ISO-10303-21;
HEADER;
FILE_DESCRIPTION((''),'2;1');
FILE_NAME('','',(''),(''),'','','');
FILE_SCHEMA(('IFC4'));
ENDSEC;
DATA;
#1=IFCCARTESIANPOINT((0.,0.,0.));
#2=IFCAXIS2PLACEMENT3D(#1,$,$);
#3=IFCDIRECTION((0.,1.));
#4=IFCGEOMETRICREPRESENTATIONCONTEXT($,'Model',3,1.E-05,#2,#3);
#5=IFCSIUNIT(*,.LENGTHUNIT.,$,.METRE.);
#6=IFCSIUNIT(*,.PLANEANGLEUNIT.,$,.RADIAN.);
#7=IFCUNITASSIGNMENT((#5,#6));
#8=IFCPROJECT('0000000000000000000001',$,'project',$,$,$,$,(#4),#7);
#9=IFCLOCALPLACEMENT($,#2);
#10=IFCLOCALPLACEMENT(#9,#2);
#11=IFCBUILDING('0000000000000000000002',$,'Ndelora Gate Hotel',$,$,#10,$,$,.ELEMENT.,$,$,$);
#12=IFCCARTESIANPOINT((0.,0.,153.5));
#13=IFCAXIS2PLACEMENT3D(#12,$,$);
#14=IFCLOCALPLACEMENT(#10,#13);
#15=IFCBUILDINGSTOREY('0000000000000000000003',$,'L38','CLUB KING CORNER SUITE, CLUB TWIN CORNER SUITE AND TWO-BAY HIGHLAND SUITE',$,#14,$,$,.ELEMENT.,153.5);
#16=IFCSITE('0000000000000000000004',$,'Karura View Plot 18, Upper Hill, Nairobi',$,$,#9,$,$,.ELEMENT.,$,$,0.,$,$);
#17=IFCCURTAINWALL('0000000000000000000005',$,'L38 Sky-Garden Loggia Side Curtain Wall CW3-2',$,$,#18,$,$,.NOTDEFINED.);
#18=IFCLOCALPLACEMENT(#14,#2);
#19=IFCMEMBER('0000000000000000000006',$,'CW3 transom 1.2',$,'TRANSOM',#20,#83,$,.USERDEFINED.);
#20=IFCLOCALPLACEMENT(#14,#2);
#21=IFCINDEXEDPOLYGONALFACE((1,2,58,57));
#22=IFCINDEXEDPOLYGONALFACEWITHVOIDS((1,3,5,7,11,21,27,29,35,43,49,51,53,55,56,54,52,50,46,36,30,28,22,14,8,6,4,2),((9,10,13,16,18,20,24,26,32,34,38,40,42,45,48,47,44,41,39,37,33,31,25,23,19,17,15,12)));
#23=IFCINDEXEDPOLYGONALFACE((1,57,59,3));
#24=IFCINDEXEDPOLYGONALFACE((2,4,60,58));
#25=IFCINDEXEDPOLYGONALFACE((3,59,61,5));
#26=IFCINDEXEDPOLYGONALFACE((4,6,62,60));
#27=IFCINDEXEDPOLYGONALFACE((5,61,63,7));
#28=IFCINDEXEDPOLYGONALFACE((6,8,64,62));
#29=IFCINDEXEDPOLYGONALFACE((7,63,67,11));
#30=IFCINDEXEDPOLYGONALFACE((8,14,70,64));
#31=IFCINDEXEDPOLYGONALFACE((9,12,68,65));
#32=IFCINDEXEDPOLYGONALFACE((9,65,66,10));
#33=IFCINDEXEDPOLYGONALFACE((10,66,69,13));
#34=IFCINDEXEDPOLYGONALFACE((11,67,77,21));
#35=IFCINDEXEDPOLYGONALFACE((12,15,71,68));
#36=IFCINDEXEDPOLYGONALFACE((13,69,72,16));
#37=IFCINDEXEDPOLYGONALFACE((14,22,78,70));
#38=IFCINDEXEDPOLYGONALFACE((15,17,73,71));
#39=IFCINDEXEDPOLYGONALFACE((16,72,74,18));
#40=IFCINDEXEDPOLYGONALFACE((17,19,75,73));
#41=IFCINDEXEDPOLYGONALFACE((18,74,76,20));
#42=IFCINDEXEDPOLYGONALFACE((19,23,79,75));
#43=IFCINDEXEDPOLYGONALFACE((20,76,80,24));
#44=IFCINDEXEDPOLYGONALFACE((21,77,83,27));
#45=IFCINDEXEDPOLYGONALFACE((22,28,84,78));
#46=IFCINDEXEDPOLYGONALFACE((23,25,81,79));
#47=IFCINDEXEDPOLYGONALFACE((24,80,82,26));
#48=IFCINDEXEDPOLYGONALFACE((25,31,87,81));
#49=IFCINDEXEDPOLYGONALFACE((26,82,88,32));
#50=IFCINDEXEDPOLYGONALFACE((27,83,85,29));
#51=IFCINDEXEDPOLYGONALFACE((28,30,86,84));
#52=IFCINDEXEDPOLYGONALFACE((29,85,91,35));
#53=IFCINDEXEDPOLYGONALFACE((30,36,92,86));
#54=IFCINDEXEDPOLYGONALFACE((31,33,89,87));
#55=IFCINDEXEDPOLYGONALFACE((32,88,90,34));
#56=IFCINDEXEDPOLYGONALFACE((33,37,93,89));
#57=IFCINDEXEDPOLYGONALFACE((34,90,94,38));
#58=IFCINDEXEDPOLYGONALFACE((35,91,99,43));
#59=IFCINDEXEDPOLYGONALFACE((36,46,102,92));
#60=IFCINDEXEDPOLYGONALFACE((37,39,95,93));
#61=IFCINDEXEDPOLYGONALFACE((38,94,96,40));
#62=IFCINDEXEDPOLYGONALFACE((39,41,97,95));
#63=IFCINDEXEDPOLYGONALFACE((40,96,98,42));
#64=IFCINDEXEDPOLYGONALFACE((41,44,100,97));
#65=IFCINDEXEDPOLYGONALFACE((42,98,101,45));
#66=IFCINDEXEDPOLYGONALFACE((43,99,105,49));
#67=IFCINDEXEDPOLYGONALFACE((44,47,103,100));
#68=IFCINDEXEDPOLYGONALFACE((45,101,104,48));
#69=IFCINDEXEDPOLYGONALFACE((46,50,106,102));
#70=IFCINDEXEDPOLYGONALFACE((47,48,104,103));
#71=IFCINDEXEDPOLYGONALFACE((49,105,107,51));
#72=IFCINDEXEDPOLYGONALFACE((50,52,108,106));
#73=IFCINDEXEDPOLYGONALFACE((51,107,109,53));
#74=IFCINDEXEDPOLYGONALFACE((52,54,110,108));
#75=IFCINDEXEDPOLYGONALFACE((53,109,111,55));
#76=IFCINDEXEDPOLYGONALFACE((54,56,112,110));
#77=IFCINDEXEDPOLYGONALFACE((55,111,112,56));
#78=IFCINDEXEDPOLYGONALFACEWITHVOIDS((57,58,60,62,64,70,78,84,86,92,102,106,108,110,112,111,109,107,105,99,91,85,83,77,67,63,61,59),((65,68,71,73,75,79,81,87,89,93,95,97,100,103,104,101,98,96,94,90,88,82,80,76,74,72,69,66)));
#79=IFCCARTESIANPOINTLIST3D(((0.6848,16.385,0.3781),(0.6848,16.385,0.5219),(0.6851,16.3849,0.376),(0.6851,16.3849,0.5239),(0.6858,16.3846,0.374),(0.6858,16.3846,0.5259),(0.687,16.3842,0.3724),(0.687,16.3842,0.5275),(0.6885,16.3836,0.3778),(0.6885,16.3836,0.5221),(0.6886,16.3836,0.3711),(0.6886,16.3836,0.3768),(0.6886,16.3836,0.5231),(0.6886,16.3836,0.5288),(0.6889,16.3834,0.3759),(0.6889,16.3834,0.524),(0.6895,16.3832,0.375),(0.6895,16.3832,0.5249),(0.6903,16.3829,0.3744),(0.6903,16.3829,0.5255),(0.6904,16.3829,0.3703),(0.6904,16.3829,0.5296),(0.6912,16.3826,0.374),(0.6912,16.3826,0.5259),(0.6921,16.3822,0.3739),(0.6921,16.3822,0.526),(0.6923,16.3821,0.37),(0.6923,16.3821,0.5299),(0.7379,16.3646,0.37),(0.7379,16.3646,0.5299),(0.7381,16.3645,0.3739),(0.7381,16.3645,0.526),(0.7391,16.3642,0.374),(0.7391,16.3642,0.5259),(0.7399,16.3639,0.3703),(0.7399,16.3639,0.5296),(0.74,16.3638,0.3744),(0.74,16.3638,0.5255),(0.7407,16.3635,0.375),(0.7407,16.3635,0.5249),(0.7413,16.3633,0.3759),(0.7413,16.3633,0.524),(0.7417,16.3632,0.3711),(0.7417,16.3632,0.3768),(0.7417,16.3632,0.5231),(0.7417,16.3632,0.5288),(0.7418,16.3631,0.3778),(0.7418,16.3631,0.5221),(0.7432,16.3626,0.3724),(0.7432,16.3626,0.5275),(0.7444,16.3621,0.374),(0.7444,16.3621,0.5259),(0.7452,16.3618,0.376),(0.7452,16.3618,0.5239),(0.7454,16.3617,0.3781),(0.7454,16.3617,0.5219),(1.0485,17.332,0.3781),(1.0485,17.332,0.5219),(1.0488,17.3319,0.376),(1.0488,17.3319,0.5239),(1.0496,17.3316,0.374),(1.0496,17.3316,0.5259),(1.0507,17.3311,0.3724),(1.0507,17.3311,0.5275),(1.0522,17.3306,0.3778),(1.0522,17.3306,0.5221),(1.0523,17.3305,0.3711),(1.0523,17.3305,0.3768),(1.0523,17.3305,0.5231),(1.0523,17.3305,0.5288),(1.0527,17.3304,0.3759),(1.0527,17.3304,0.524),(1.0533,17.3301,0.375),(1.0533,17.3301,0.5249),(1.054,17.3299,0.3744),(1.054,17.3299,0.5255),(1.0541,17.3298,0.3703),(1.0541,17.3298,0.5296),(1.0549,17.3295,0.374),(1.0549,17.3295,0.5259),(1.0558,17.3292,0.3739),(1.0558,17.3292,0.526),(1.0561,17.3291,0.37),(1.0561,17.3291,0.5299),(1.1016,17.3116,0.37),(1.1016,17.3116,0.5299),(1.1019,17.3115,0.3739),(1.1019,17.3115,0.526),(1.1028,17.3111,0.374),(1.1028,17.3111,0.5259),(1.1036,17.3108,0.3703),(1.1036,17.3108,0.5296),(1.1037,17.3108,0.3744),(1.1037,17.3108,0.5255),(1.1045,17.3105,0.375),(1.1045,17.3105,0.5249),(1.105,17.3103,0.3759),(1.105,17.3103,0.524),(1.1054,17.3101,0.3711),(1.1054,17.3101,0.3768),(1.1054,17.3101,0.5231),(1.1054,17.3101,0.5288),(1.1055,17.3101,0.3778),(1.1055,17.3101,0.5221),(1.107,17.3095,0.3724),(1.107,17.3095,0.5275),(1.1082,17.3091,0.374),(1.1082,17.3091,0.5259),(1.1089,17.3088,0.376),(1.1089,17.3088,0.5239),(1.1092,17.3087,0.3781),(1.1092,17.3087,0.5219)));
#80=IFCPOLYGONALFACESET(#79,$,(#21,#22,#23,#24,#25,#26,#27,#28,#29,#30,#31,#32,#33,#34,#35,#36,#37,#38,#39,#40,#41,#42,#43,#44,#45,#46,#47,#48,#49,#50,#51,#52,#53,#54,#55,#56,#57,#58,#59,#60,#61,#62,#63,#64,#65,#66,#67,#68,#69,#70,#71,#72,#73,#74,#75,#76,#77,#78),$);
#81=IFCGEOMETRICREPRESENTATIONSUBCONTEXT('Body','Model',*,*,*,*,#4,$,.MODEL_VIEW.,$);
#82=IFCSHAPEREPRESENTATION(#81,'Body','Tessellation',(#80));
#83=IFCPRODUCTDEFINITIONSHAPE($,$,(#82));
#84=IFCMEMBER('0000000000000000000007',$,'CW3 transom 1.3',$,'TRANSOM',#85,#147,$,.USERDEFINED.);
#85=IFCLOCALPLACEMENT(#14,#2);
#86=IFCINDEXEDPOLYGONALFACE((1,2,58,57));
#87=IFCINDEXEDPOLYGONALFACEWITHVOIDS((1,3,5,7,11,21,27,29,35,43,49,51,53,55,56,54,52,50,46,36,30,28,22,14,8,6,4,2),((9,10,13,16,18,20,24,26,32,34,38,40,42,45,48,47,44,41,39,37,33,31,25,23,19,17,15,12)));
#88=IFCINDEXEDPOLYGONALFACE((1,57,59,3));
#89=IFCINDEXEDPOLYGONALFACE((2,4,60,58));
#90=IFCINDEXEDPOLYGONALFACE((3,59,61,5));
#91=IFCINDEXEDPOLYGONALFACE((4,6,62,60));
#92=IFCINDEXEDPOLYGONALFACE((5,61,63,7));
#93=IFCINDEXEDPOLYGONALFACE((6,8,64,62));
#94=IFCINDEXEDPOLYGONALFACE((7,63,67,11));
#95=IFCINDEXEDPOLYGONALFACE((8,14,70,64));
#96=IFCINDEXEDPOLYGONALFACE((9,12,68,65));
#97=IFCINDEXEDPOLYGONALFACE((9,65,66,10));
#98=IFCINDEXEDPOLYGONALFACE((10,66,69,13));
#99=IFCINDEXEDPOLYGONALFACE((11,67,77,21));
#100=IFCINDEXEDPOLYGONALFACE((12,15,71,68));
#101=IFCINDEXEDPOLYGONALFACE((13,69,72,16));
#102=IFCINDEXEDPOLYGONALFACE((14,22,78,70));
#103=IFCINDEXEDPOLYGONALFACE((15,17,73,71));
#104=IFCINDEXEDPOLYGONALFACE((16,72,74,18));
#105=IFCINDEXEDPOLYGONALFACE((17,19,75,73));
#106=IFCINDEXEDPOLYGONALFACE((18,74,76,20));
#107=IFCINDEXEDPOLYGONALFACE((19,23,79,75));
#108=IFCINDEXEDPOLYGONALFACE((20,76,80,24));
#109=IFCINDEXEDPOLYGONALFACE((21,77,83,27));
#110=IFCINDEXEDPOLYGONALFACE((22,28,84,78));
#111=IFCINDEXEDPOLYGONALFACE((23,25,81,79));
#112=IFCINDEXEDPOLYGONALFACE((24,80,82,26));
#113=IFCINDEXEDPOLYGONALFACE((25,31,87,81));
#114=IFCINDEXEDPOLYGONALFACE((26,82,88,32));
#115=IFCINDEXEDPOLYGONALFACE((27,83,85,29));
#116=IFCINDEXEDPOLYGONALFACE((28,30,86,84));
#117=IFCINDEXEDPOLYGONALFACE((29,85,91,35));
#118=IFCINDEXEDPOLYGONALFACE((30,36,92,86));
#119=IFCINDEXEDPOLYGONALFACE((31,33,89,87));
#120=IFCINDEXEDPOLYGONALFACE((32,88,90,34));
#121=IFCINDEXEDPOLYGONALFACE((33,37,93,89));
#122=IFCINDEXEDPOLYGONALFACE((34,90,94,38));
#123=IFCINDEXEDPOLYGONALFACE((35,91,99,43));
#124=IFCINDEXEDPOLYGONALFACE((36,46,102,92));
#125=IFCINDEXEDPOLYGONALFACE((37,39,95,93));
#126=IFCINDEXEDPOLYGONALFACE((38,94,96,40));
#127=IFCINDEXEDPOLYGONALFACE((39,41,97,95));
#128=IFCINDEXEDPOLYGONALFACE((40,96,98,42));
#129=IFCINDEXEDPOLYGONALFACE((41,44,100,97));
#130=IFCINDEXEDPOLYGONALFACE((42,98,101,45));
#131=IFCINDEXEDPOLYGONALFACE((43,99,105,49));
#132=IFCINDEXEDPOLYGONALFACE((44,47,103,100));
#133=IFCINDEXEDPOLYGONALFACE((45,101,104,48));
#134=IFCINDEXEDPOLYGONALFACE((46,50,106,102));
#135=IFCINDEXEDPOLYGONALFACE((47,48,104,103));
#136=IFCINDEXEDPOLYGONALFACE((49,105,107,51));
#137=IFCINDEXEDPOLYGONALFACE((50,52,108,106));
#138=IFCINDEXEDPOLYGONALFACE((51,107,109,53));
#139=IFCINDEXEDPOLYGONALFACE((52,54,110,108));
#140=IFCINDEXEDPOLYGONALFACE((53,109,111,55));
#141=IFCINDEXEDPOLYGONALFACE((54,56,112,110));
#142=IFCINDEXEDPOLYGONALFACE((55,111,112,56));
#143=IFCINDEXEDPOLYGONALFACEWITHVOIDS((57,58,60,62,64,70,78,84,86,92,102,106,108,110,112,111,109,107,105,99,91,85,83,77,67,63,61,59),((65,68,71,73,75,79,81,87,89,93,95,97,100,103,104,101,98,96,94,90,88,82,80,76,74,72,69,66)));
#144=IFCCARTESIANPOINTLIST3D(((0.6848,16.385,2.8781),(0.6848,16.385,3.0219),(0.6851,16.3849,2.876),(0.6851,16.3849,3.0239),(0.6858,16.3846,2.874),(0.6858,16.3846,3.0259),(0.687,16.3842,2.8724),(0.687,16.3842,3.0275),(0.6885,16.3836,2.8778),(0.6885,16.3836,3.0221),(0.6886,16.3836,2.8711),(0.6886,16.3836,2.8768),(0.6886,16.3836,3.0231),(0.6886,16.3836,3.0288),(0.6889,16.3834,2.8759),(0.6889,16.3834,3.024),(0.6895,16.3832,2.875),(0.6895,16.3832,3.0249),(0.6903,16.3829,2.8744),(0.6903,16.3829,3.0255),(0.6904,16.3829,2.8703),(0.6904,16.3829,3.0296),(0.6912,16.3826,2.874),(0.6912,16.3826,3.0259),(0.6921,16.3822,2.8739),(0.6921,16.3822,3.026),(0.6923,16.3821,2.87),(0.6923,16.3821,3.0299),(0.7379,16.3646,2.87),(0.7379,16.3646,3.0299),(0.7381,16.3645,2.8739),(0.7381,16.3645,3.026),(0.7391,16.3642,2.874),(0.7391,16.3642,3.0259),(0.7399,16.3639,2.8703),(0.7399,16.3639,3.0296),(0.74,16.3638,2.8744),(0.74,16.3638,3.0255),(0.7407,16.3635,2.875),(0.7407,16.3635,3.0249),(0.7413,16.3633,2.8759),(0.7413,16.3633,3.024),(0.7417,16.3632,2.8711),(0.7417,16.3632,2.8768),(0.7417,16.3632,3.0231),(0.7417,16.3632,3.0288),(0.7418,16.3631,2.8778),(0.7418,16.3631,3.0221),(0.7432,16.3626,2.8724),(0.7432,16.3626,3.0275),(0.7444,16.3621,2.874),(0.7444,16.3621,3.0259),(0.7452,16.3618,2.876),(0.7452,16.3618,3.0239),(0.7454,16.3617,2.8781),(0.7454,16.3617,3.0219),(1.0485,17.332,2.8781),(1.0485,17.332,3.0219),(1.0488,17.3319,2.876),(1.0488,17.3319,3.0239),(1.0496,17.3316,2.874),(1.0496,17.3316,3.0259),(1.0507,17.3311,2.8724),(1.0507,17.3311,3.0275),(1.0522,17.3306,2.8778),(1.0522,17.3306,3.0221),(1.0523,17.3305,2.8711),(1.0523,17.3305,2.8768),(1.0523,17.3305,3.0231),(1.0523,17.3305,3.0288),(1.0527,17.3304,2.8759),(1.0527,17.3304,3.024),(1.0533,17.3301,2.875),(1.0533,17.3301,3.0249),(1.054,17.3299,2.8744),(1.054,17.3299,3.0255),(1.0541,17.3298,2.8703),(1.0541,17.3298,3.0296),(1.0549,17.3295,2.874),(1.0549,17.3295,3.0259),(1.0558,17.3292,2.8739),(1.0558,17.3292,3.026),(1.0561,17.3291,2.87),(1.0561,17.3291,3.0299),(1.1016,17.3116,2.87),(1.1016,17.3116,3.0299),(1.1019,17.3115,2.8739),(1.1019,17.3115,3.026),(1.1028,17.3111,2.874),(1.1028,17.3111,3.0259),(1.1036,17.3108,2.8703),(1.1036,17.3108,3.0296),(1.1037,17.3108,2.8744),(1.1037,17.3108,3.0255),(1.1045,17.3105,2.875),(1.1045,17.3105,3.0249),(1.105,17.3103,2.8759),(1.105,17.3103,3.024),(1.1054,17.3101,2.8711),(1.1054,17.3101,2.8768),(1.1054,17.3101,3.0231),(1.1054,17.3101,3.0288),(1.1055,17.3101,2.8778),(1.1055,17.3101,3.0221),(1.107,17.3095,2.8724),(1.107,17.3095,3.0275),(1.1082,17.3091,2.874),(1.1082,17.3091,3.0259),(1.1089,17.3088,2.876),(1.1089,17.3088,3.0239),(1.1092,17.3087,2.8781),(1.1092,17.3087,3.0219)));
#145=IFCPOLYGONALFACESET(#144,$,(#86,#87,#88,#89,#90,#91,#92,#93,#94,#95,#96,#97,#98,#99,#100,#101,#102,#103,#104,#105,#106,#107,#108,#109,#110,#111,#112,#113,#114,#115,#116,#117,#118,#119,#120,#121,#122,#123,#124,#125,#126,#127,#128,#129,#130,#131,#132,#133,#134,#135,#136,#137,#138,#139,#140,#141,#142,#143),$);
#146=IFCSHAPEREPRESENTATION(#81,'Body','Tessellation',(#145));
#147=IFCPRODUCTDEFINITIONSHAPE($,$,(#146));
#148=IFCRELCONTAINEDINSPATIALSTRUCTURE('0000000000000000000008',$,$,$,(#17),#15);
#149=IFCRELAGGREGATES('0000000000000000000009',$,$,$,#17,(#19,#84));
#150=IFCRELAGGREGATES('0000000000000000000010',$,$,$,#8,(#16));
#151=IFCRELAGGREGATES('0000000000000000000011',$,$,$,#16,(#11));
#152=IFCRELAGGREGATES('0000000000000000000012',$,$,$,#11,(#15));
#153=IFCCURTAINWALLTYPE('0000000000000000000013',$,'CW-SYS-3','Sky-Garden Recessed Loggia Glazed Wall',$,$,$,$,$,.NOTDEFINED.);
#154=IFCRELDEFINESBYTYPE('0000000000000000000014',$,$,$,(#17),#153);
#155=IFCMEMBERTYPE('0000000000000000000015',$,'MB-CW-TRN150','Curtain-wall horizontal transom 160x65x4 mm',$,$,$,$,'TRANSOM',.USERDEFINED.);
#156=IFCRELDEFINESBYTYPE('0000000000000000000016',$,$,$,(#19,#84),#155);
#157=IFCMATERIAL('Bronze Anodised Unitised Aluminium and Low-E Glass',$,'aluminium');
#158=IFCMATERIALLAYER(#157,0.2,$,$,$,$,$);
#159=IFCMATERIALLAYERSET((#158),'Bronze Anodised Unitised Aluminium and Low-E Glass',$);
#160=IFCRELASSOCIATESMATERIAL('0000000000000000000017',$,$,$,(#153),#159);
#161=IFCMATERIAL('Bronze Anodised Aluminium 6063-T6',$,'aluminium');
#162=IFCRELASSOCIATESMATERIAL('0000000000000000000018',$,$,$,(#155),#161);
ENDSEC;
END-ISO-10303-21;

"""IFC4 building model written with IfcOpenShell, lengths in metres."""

from ifc_helpers import new_model, si_unit, direction, frame, origin, origin_2d, place, context, subcontext, project, spatial, hollow_rectangle, extrude, material, layer, layer_set, material_profile, profile_set, type_object, element, aggregate, save


model = new_model("IFC4")

# Units and contexts
model_context = context("Model", 3, precision=1e-05, world=origin(), true_north=direction((0.0, 1.0)))
body_context = subcontext(model_context, "Body", "Model", "MODEL_VIEW")
ifc_project = project(units=[si_unit("LENGTHUNIT", "METRE"), si_unit("PLANEANGLEUNIT", "RADIAN")], contexts=[model_context])

# Site, building, storey
site_placement = place(None, origin())
site = spatial("IfcSite", under=ifc_project, at=site_placement, Name="Karura View Plot 18, Upper Hill, Nairobi", CompositionType="ELEMENT", RefElevation=0.0)
building_placement = place(site_placement, origin())
building = spatial("IfcBuilding", under=site, at=building_placement, Name="Ndelora Gate Hotel", CompositionType="ELEMENT")
storey_placement = place(building_placement, frame((0.0, 0.0, 153.5)))
storey = spatial("IfcBuildingStorey", under=building, at=storey_placement, Name="L38", Description="CLUB KING CORNER SUITE, CLUB TWIN CORNER SUITE AND TWO-BAY HIGHLAND SUITE", CompositionType="ELEMENT", Elevation=153.5)

# Curtain wall, members
ifc_material_1 = material(Name="Bronze Anodised Unitised Aluminium and Low-E Glass", Category="aluminium")
ifc_layer_1 = layer(ifc_material_1, 0.2)
ifc_layer_set_1 = layer_set([ifc_layer_1], Name="Bronze Anodised Unitised Aluminium and Low-E Glass")
curtain_wall_type = type_object("IfcCurtainWallType", Name="CW-SYS-3", Description="Sky-Garden Recessed Loggia Glazed Wall", PredefinedType="NOTDEFINED", material=ifc_layer_set_1)
curtain_wall_placement = place(storey_placement, origin())
curtain_wall = element("IfcCurtainWall", 1, at=curtain_wall_placement, inside=storey, type_object=curtain_wall_type, Name="L38 Sky-Garden Loggia Side Curtain Wall CW3-2", PredefinedType="NOTDEFINED")
ifc_material_2 = material(Name="Bronze Anodised Aluminium 6063-T6", Category="aluminium")
ifc_material_profile_1 = material_profile(ifc_material_2, hollow_rectangle(XDim=0.0649, YDim=0.1599, WallThickness=0.0039, InnerFilletRadius=0.0039, OuterFilletRadius=0.0081, at=origin_2d()), Name="ALU 160x65x4")
ifc_profile_set_1 = profile_set([ifc_material_profile_1], Name="Bronze Anodised Aluminium 6063-T6")
member_type_1 = type_object("IfcMemberType", Name="MB-CW-TRN150", Description="Curtain-wall horizontal transom 160x65x4 mm", ElementType="TRANSOM", PredefinedType="USERDEFINED", material=ifc_profile_set_1)
member_1_placement = place(storey_placement, frame((1.0789, 17.3203, 0.45), z_axis=(-0.358576, -0.933501, 0.0), x_axis=(0.933501, -0.358576, 0.0)))
member_1 = element("IfcMember", 2, at=member_1_placement, type_object=member_type_1, Name="CW3 transom 1.2", ObjectType="TRANSOM", PredefinedType="USERDEFINED", context=body_context, shape_type="SweptSolid", body=[
    extrude(hollow_rectangle(XDim=0.0649, YDim=0.1599, WallThickness=0.0039, InnerFilletRadius=0.0039, OuterFilletRadius=0.0081, at=origin_2d()), origin(), (0.0, 0.0, 1.0), 1.0144),
])
member_2_placement = place(storey_placement, frame((1.0789, 17.3203, 2.95), z_axis=(-0.358576, -0.933501, 0.0), x_axis=(0.933501, -0.358576, 0.0)))
member_2 = element("IfcMember", 3, at=member_2_placement, type_object=member_type_1, Name="CW3 transom 1.3", ObjectType="TRANSOM", PredefinedType="USERDEFINED", context=body_context, shape_type="SweptSolid", body=[
    extrude(hollow_rectangle(XDim=0.0649, YDim=0.1599, WallThickness=0.0039, InnerFilletRadius=0.0039, OuterFilletRadius=0.0081, at=origin_2d()), origin(), (0.0, 0.0, 1.0), 1.0144),
])
aggregate(curtain_wall, [member_1, member_2])

save(model, "model.ifc")
